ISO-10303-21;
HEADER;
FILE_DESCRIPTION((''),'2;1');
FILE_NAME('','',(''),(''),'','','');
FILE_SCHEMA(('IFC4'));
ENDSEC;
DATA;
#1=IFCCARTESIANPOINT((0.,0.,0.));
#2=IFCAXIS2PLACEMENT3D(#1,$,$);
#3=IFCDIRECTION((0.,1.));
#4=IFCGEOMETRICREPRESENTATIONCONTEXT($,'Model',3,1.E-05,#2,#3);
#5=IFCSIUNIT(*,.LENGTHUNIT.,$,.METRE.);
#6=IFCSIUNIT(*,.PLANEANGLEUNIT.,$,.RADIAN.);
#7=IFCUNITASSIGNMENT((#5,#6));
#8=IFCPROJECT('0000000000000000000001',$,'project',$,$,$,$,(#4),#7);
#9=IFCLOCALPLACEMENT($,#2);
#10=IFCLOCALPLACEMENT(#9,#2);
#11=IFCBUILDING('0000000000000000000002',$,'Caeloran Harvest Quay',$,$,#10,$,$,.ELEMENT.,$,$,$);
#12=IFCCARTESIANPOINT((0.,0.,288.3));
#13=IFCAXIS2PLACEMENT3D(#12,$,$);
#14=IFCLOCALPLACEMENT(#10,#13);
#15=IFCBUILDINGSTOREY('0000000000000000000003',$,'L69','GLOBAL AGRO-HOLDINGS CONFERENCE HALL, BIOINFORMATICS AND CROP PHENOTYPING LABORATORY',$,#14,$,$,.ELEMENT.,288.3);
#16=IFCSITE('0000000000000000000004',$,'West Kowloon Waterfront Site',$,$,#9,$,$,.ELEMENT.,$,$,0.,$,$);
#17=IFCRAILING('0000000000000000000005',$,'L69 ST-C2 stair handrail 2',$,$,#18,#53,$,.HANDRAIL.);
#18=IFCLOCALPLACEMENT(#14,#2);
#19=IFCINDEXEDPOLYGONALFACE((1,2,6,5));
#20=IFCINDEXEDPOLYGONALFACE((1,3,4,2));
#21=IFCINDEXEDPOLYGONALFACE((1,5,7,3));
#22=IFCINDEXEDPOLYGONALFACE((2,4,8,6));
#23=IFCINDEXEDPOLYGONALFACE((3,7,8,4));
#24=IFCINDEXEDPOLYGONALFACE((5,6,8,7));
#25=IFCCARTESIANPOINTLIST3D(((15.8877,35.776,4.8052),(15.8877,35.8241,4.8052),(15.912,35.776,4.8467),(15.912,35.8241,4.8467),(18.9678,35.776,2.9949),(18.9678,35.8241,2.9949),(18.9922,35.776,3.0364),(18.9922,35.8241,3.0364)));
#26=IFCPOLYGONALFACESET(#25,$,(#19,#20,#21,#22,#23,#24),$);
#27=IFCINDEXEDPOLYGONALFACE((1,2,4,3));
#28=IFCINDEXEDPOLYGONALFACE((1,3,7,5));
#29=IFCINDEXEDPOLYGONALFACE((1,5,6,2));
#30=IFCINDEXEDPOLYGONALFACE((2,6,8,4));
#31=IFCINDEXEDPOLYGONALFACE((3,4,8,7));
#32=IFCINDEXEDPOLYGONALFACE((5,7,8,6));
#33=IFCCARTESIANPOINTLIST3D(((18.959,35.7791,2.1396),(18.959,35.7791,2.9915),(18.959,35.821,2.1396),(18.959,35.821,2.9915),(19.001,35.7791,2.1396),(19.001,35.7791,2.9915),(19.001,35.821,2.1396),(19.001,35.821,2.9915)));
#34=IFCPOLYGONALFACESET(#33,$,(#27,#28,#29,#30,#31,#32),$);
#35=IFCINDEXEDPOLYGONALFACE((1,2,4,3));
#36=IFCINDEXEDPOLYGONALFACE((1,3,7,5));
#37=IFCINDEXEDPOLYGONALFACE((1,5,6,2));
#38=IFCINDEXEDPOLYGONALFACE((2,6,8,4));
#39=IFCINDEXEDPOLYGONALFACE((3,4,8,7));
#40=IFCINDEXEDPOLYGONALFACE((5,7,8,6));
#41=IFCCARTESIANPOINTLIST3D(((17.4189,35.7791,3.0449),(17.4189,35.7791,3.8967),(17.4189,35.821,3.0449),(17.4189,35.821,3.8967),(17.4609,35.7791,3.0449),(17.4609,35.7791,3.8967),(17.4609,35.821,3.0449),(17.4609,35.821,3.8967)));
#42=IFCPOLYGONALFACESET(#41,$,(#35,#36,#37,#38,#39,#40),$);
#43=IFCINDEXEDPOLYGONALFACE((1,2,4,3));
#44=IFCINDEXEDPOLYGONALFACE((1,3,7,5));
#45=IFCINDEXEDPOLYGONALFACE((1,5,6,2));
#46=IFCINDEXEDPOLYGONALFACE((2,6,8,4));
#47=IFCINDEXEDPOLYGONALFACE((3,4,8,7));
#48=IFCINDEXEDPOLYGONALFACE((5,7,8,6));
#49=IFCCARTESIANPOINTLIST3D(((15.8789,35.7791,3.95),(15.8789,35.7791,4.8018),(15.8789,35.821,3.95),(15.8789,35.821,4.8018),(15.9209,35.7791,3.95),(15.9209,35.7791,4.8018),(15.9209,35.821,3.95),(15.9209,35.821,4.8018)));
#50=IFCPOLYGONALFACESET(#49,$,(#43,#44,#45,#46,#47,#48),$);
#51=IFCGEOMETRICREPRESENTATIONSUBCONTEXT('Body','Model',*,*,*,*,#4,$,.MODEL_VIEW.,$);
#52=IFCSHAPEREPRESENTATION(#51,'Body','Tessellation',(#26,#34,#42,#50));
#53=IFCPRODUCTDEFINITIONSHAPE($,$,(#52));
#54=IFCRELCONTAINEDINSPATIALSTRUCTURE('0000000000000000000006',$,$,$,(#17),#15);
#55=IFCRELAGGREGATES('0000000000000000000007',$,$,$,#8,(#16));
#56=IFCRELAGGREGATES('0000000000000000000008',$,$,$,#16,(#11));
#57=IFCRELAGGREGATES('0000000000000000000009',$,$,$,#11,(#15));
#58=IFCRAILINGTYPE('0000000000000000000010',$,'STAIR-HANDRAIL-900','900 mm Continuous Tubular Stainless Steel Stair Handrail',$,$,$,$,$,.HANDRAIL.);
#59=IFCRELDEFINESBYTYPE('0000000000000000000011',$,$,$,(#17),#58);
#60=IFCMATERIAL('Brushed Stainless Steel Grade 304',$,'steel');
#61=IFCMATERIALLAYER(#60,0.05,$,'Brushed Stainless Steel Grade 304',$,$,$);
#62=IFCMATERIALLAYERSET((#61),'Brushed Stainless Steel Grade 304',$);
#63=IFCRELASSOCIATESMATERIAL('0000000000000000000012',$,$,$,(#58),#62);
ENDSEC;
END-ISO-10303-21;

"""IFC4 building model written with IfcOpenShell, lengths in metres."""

from ifc_helpers import new_model, si_unit, direction, frame, origin, origin_2d, place, context, subcontext, project, spatial, rectangle, extrude, material, layer, layer_set, type_object, element, save


model = new_model("IFC4")

# Units and contexts
model_context = context("Model", 3, precision=1e-05, world=origin(), true_north=direction((0.0, 1.0)))
body_context = subcontext(model_context, "Body", "Model", "MODEL_VIEW")
ifc_project = project(units=[si_unit("LENGTHUNIT", "METRE"), si_unit("PLANEANGLEUNIT", "RADIAN")], contexts=[model_context])

# Site, building, storey
site_placement = place(None, origin())
site = spatial("IfcSite", under=ifc_project, at=site_placement, Name="West Kowloon Waterfront Site", CompositionType="ELEMENT", RefElevation=0.0)
building_placement = place(site_placement, origin())
building = spatial("IfcBuilding", under=site, at=building_placement, Name="Caeloran Harvest Quay", CompositionType="ELEMENT")
storey_placement = place(building_placement, frame((0.0, 0.0, 288.3)))
storey = spatial("IfcBuildingStorey", under=building, at=storey_placement, Name="L69", Description="GLOBAL AGRO-HOLDINGS CONFERENCE HALL, BIOINFORMATICS AND CROP PHENOTYPING LABORATORY", CompositionType="ELEMENT", Elevation=288.3)

# Railing
ifc_material_1 = material(Name="Brushed Stainless Steel Grade 304", Category="steel")
ifc_layer_1 = layer(ifc_material_1, 0.05, Name="Brushed Stainless Steel Grade 304")
ifc_layer_set_1 = layer_set([ifc_layer_1], Name="Brushed Stainless Steel Grade 304")
railing_type_1 = type_object("IfcRailingType", Name="STAIR-HANDRAIL-900", Description="900 mm Continuous Tubular Stainless Steel Stair Handrail", PredefinedType="HANDRAIL", material=ifc_layer_set_1)
railing_1_placement = place(storey_placement, frame((18.98, 35.8, 2.1396)))
element("IfcRailing", 1, at=railing_1_placement, inside=storey, type_object=railing_type_1, Name="L69 ST-C2 stair handrail 2", PredefinedType="HANDRAIL", context=body_context, shape_type="SweptSolid", body=[
    extrude(rectangle(XDim=0.0481, YDim=0.0481, at=origin_2d()), frame((0.0, 0.0, 0.876), z_axis=(-0.862119, 0.0, 0.506707), x_axis=(0.0, -1.0, 0.0)), (0.0, 0.0, 1.0), 3.5728),
    extrude(rectangle(XDim=0.042, YDim=0.042, at=origin_2d()), origin(), (0.0, 0.0, 1.0), 0.8518),
    extrude(rectangle(XDim=0.042, YDim=0.042, at=origin_2d()), frame((-1.54, 0.0, 0.9053)), (0.0, 0.0, 1.0), 0.8518),
    extrude(rectangle(XDim=0.042, YDim=0.042, at=origin_2d()), frame((-3.0801, 0.0, 1.8103)), (0.0, 0.0, 1.0), 0.8518),
])

save(model, "model.ifc")
